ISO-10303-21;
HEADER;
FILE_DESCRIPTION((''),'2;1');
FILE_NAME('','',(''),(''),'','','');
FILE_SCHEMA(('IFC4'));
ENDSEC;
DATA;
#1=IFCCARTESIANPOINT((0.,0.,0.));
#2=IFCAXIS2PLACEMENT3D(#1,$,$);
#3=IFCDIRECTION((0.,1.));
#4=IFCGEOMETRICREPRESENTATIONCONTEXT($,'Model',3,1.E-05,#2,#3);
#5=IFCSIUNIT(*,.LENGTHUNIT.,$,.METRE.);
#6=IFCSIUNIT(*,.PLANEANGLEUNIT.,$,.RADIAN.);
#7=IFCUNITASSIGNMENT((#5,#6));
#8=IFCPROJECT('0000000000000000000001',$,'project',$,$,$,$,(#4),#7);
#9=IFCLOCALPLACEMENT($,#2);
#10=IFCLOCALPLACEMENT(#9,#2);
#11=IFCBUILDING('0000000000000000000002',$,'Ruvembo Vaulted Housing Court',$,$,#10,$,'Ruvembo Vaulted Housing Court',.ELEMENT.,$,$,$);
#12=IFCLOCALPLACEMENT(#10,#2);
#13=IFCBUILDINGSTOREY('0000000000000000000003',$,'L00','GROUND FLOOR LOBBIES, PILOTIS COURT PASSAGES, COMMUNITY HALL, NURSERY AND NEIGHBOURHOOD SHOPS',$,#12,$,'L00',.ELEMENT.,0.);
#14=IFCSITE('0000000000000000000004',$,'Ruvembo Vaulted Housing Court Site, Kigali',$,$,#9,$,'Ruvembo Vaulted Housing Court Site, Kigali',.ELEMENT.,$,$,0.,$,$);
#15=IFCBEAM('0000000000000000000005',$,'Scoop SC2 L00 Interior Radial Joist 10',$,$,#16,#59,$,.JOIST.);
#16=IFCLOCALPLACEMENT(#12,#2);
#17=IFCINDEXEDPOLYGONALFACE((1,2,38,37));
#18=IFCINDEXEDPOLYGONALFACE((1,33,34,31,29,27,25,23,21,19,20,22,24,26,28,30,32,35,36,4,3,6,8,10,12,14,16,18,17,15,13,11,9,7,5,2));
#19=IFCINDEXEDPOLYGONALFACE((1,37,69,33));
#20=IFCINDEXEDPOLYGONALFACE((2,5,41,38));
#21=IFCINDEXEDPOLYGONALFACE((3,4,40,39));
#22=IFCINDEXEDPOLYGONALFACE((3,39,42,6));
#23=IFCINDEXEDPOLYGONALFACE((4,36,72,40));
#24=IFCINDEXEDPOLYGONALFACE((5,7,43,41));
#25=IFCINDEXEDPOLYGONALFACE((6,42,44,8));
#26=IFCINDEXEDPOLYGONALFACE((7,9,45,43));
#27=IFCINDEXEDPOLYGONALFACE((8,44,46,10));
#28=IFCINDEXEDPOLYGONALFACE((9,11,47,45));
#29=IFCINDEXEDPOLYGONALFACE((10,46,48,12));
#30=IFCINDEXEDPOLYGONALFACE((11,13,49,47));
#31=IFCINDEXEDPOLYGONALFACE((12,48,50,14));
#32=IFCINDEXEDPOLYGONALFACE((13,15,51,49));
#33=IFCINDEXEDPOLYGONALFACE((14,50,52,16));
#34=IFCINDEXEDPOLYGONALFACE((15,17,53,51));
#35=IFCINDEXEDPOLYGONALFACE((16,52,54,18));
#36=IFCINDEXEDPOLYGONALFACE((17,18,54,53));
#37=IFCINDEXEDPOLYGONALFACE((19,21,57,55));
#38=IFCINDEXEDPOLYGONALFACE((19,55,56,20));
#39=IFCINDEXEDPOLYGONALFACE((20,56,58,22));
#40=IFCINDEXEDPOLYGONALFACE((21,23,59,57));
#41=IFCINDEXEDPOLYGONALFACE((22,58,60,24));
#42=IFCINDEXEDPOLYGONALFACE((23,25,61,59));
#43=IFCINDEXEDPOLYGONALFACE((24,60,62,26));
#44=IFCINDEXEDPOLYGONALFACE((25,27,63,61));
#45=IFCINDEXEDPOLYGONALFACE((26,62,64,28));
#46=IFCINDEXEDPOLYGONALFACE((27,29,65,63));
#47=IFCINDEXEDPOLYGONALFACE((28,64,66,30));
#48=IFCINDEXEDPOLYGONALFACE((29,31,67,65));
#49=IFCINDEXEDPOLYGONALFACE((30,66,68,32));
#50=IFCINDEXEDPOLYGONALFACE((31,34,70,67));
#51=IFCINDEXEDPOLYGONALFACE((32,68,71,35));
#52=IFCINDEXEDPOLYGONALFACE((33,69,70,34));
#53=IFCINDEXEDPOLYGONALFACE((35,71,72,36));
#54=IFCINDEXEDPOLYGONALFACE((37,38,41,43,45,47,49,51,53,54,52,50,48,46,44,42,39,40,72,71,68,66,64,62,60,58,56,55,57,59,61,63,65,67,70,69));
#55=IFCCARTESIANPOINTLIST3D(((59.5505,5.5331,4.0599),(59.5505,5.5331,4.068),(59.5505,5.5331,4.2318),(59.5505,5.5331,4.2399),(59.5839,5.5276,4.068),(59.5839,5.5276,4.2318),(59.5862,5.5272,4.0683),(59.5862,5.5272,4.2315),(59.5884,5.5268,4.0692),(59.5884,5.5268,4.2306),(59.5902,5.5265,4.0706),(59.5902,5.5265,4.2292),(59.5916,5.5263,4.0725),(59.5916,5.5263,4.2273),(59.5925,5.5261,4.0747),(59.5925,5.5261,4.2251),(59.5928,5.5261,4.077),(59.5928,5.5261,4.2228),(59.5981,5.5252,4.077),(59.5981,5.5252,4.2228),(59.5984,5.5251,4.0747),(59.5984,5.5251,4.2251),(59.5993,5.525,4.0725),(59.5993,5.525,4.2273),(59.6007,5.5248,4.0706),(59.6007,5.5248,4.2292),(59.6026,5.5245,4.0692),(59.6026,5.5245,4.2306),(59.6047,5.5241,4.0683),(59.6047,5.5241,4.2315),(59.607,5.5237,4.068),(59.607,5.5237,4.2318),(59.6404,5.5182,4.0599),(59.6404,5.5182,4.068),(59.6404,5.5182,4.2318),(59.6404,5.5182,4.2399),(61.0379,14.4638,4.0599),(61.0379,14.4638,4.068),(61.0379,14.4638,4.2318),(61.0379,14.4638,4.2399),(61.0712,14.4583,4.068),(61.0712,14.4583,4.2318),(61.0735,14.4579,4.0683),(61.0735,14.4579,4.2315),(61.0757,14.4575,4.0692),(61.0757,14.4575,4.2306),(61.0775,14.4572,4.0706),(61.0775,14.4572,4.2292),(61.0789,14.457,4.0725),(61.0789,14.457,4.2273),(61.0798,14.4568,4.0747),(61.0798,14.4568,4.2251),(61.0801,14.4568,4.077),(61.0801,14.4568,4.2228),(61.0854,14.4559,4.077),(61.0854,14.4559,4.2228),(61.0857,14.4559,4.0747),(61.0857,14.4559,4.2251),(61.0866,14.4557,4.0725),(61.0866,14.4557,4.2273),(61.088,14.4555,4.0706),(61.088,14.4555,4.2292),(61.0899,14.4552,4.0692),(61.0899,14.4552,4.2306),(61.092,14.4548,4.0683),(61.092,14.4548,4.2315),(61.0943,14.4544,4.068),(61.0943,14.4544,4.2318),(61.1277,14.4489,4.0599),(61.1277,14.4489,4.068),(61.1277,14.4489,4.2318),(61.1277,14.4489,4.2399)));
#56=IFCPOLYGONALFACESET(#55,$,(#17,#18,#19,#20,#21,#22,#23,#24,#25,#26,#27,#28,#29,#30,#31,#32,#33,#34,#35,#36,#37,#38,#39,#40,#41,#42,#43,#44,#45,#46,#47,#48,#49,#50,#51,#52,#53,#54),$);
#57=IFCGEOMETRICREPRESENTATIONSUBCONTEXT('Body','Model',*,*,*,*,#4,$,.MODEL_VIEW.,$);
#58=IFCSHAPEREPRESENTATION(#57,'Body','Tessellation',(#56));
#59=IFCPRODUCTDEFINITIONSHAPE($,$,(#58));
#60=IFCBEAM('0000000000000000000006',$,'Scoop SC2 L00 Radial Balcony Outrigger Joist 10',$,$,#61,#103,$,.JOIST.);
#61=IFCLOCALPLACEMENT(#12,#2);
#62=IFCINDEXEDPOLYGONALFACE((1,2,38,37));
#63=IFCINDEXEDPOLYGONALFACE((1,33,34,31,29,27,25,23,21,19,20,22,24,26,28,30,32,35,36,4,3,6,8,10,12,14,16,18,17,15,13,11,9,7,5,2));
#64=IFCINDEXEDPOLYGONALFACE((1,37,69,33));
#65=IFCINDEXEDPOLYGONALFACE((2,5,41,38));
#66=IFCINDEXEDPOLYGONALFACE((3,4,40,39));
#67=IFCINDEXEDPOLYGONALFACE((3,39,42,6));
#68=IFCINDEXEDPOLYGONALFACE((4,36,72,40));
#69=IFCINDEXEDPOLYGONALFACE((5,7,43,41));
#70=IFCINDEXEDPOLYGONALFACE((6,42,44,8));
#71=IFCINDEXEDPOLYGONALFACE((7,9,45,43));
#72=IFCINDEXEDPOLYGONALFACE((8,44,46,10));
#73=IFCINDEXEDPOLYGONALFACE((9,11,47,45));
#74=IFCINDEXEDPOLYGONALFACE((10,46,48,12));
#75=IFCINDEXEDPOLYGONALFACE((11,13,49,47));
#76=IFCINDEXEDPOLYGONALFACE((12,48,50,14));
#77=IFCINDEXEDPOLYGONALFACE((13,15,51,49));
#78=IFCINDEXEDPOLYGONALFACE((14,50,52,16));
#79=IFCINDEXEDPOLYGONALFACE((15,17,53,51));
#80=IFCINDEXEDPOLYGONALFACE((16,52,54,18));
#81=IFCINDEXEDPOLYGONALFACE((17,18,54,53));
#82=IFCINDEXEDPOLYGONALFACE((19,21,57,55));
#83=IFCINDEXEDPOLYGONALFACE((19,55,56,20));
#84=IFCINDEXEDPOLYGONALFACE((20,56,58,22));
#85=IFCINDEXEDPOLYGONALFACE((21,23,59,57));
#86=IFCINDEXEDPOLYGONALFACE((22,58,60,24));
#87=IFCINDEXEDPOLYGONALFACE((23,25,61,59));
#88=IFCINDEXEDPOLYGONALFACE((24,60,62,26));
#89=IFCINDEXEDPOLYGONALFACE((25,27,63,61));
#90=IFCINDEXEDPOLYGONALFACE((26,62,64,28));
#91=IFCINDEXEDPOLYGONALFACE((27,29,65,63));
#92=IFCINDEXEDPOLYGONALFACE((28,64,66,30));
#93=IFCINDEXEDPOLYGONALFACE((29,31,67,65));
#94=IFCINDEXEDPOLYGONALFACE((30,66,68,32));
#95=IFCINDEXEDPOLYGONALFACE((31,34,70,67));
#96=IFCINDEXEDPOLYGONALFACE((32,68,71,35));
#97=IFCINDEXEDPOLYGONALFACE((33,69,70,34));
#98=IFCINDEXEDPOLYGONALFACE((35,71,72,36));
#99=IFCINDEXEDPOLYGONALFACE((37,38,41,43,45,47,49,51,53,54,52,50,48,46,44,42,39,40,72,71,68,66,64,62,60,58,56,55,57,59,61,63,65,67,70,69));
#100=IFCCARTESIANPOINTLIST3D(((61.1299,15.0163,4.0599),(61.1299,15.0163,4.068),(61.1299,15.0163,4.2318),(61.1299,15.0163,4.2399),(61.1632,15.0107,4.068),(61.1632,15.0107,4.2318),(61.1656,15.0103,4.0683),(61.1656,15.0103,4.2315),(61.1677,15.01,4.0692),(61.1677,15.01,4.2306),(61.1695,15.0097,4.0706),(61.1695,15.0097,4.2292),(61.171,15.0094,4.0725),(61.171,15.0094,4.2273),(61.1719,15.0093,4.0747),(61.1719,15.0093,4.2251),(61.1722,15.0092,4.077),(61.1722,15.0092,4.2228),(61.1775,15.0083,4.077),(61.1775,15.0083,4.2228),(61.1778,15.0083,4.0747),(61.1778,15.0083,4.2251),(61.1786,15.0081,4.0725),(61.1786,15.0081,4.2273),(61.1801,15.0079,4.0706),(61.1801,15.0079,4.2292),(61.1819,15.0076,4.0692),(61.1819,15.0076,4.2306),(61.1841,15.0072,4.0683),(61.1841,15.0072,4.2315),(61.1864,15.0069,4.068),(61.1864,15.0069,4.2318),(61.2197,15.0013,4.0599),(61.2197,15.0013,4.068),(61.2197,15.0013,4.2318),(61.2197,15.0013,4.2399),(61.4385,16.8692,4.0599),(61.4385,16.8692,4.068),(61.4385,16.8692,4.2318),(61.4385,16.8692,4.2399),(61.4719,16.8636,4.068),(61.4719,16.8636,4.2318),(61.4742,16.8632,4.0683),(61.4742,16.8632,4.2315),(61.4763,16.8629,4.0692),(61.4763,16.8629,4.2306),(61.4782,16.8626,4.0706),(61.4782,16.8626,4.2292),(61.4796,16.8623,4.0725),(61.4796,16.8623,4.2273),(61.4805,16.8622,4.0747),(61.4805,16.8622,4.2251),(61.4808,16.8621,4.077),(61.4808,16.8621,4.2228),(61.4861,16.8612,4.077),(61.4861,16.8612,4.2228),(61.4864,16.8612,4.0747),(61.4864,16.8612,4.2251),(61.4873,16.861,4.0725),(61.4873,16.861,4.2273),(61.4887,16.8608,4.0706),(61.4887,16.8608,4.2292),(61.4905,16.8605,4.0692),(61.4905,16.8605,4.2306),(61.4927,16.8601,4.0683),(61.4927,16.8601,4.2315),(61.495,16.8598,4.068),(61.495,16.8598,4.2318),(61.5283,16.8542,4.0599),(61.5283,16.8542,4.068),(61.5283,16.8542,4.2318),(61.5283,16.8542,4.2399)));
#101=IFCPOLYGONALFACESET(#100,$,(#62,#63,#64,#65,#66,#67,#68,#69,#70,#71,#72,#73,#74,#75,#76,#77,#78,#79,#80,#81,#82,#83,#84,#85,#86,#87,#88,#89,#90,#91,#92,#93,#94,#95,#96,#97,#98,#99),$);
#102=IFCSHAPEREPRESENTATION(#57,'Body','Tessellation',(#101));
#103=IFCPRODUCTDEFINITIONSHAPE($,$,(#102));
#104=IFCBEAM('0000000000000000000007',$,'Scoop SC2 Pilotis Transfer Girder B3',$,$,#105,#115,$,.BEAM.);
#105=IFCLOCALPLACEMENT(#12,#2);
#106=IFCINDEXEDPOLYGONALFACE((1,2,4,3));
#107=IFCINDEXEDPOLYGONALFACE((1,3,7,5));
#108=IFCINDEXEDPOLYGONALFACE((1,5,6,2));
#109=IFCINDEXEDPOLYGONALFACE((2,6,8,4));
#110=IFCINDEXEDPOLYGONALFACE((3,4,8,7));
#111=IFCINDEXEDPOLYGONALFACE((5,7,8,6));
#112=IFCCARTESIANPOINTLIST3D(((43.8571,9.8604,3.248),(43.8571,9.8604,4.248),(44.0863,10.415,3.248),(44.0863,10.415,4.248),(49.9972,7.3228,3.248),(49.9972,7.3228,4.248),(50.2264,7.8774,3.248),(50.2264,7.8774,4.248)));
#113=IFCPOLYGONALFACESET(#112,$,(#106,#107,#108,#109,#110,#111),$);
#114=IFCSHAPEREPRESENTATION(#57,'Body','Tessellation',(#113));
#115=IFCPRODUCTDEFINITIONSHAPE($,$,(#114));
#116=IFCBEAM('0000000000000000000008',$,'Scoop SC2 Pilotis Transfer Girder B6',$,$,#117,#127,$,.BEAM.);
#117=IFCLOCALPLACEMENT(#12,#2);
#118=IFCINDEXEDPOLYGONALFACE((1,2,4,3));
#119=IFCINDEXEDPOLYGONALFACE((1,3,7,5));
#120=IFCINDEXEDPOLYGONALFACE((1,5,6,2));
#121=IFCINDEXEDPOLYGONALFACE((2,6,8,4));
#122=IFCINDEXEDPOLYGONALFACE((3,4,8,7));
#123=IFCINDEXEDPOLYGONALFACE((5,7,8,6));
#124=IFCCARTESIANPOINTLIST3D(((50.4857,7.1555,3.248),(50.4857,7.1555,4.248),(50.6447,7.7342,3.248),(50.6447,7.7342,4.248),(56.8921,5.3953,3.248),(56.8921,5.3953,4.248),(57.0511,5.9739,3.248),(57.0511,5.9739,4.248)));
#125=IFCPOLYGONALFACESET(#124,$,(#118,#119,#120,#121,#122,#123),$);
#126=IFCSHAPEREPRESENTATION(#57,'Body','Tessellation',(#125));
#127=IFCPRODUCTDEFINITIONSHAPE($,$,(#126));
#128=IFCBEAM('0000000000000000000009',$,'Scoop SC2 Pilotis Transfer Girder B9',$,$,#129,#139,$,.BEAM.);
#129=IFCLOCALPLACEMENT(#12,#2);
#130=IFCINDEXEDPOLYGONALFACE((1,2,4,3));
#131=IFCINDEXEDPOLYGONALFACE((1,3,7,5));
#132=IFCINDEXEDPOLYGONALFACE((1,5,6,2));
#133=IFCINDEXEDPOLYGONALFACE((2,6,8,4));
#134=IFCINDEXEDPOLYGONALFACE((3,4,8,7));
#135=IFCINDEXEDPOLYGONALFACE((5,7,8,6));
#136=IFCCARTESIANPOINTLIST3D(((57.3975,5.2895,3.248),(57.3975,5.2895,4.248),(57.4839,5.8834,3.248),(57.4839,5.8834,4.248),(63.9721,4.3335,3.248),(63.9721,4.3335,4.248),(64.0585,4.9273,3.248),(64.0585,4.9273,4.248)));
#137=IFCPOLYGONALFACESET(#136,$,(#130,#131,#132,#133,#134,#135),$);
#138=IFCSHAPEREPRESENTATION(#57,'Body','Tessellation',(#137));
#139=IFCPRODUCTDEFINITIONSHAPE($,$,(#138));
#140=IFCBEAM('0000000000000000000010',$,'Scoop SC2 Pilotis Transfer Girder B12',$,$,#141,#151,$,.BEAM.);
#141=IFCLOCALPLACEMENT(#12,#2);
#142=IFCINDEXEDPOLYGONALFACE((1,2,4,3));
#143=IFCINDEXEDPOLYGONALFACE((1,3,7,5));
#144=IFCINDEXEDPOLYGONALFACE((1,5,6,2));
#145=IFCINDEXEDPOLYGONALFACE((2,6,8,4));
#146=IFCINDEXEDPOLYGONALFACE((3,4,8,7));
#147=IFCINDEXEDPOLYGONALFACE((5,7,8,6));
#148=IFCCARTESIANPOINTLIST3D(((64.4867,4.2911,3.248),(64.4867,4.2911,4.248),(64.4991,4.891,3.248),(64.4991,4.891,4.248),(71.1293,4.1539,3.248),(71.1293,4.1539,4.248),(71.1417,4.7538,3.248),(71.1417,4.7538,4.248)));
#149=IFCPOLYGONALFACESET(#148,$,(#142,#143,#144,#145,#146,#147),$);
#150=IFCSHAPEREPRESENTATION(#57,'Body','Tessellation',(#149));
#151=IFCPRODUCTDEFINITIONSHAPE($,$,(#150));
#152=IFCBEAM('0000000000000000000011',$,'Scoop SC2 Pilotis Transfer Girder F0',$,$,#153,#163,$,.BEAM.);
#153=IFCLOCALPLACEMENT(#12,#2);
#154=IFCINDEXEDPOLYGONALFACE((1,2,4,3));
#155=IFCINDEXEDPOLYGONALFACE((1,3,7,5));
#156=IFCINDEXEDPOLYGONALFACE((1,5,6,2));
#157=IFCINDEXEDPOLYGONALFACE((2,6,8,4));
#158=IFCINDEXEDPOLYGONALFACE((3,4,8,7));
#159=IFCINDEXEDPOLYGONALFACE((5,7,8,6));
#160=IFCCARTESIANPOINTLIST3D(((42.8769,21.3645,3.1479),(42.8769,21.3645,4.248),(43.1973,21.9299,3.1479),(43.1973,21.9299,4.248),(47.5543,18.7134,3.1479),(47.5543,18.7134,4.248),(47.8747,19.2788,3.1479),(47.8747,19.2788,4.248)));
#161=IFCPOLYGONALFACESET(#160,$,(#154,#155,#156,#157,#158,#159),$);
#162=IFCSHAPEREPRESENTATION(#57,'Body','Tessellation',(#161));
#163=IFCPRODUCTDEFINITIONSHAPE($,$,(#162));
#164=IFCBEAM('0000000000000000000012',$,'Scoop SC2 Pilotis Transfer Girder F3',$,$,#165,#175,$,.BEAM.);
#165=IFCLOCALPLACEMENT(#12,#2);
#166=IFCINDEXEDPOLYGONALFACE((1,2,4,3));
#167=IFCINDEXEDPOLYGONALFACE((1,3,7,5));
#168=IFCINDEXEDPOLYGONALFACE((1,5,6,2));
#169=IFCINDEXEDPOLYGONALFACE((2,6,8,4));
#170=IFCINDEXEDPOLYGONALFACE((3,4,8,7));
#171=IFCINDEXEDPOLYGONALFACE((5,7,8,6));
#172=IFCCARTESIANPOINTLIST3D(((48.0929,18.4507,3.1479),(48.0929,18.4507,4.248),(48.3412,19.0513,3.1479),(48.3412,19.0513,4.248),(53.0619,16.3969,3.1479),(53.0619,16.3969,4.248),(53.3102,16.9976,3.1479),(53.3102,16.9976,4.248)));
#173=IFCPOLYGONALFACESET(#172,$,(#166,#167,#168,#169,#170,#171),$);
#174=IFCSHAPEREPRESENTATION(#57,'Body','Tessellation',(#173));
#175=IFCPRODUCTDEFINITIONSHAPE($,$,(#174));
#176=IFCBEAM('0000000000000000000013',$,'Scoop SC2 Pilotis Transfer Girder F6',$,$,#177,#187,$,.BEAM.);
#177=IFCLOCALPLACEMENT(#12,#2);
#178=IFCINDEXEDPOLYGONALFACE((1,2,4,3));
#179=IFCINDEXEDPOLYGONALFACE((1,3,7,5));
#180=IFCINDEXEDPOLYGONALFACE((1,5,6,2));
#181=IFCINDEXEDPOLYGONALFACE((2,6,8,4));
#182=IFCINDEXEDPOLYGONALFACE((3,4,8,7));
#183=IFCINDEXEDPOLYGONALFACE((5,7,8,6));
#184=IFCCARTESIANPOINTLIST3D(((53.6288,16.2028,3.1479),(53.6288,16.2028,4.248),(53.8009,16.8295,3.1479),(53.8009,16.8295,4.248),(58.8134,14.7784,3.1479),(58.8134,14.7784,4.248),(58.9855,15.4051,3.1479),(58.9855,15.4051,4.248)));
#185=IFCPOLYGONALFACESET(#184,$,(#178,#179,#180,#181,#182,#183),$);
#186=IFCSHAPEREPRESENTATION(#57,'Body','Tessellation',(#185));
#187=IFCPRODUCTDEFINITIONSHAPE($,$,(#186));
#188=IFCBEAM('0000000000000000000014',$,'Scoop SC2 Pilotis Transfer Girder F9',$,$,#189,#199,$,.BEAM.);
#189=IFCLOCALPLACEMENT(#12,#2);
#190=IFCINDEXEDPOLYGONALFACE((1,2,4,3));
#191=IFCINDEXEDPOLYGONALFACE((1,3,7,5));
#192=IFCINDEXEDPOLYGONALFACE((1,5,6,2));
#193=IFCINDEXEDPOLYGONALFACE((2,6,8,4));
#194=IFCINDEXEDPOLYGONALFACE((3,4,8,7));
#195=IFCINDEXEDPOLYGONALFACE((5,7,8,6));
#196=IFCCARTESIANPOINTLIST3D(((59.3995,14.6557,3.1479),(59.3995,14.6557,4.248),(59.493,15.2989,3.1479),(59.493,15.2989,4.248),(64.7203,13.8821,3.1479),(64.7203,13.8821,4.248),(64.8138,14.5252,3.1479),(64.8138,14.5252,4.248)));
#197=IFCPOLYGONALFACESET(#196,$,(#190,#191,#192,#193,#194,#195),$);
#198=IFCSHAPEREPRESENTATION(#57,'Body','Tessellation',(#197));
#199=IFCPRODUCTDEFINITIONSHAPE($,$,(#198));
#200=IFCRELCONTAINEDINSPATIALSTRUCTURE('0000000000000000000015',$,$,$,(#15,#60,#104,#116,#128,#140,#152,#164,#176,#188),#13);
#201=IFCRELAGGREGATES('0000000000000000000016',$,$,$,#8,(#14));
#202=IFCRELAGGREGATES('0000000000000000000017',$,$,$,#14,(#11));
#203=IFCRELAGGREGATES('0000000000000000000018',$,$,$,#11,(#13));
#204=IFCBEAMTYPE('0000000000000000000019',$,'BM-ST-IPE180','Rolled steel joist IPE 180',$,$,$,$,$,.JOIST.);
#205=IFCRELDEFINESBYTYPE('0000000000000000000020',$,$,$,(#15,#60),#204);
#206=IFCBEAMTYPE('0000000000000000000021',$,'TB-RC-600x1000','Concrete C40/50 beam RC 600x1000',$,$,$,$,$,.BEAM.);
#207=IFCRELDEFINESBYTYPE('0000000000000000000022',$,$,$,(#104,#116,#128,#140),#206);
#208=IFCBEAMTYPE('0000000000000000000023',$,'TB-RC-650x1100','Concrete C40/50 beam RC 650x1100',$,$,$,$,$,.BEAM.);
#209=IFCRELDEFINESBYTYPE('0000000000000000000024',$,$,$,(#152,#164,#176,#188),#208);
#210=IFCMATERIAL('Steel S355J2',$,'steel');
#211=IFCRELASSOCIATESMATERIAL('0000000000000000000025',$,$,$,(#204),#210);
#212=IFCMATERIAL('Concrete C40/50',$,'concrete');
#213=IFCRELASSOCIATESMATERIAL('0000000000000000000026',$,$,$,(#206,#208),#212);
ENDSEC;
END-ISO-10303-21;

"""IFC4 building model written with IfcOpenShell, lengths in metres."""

from ifc_helpers import new_model, si_unit, direction, frame, origin, origin_2d, place, context, subcontext, project, spatial, rectangle, i_section, extrude, material, material_profile, profile_set, type_object, element, save


model = new_model("IFC4")

# Units and contexts
model_context = context("Model", 3, precision=1e-05, world=origin(), true_north=direction((0.0, 1.0)))
body_context = subcontext(model_context, "Body", "Model", "MODEL_VIEW")
ifc_project = project(units=[si_unit("LENGTHUNIT", "METRE"), si_unit("PLANEANGLEUNIT", "RADIAN")], contexts=[model_context])

# Site, building, storey
site_placement = place(None, origin())
site = spatial("IfcSite", under=ifc_project, at=site_placement, Name="Ruvembo Vaulted Housing Court Site, Kigali", LongName="Ruvembo Vaulted Housing Court Site, Kigali", CompositionType="ELEMENT", RefElevation=0.0)
building_placement = place(site_placement, origin())
building = spatial("IfcBuilding", under=site, at=building_placement, Name="Ruvembo Vaulted Housing Court", LongName="Ruvembo Vaulted Housing Court", CompositionType="ELEMENT")
storey_placement = place(building_placement, origin())
storey = spatial("IfcBuildingStorey", under=building, at=storey_placement, Name="L00", Description="GROUND FLOOR LOBBIES, PILOTIS COURT PASSAGES, COMMUNITY HALL, NURSERY AND NEIGHBOURHOOD SHOPS", LongName="L00", CompositionType="ELEMENT", Elevation=0.0)

# Shared definitions
ifc_material_1 = material(Name="Concrete C40/50", Category="concrete")

# Beams
ifc_material_2 = material(Name="Steel S355J2", Category="steel")
ifc_material_profile_1 = material_profile(ifc_material_2, i_section(OverallWidth=0.0911, OverallDepth=0.1799, WebThickness=0.0054, FlangeThickness=0.0081, FilletRadius=0.009, at=origin_2d()), Name="IPE 180")
ifc_profile_set_1 = profile_set([ifc_material_profile_1], Name="Steel S355J2")
beam_type_1 = type_object("IfcBeamType", Name="BM-ST-IPE180", Description="Rolled steel joist IPE 180", PredefinedType="JOIST", material=ifc_profile_set_1)
beam_1_placement = place(storey_placement, frame((59.5955, 5.5256, 4.1499), z_axis=(0.164277, 0.986414, 0.0), x_axis=(-0.986414, 0.164277, 0.0)))
element("IfcBeam", 1, at=beam_1_placement, inside=storey, type_object=beam_type_1, Name="Scoop SC2 L00 Interior Radial Joist 10", PredefinedType="JOIST", context=body_context, shape_type="SweptSolid", body=[
    extrude(i_section(OverallWidth=0.0911, OverallDepth=0.1799, WebThickness=0.0054, FlangeThickness=0.0081, FilletRadius=0.009, at=origin_2d()), origin(), (0.0, 0.0, 1.0), 9.0537),
])
beam_2_placement = place(storey_placement, frame((61.1748, 15.0088, 4.1499), z_axis=(0.164294, 0.986411, 0.0), x_axis=(-0.986411, 0.164294, 0.0)))
element("IfcBeam", 2, at=beam_2_placement, inside=storey, type_object=beam_type_1, Name="Scoop SC2 L00 Radial Balcony Outrigger Joist 10", PredefinedType="JOIST", context=body_context, shape_type="SweptSolid", body=[
    extrude(i_section(OverallWidth=0.0911, OverallDepth=0.1799, WebThickness=0.0054, FlangeThickness=0.0081, FilletRadius=0.009, at=origin_2d()), origin(), (0.0, 0.0, 1.0), 1.8784),
])
ifc_material_profile_2 = material_profile(ifc_material_1, rectangle(XDim=0.6001, YDim=1.0, at=origin_2d()), Name="RC 600x1000")
ifc_profile_set_2 = profile_set([ifc_material_profile_2], Name="Concrete C40/50")
beam_type_2 = type_object("IfcBeamType", Name="TB-RC-600x1000", Description="Concrete C40/50 beam RC 600x1000", PredefinedType="BEAM", material=ifc_profile_set_2)
for number, where, z_axis, x_axis, name in (
    (3, (43.9717, 10.1377, 3.748), (0.924184, -0.381947, 0.0), (0.381947, 0.924184, 0.0), "Scoop SC2 Pilotis Transfer Girder B3"),
    (4, (50.5652, 7.4448, 3.748), (0.964264, -0.264942, 0.0), (0.264942, 0.964264, 0.0), "Scoop SC2 Pilotis Transfer Girder B6"),
    (5, (57.4407, 5.5864, 3.748), (0.989592, -0.143901, 0.0), (0.143901, 0.989592, 0.0), "Scoop SC2 Pilotis Transfer Girder B9"),
):
    element("IfcBeam", number, at=place(storey_placement, frame(where, z_axis=z_axis, x_axis=x_axis)), inside=storey, type_object=beam_type_2, Name=name, PredefinedType="BEAM", context=body_context, shape_type="SweptSolid", body=[
        extrude(rectangle(XDim=0.6001, YDim=1.0, at=origin_2d()), origin(), (0.0, 0.0, 1.0), 6.6438),
    ])
beam_3_placement = place(storey_placement, frame((64.4929, 4.5911, 3.748), z_axis=(0.999787, -0.020651, 0.0), x_axis=(0.020651, 0.999787, 0.0)))
element("IfcBeam", 6, at=beam_3_placement, inside=storey, type_object=beam_type_2, Name="Scoop SC2 Pilotis Transfer Girder B12", PredefinedType="BEAM", context=body_context, shape_type="SweptSolid", body=[
    extrude(rectangle(XDim=0.6001, YDim=1.0, at=origin_2d()), origin(), (0.0, 0.0, 1.0), 6.644),
])
ifc_material_profile_3 = material_profile(ifc_material_1, rectangle(XDim=0.6499, YDim=1.1001, at=origin_2d()), Name="RC 650x1100")
ifc_profile_set_3 = profile_set([ifc_material_profile_3], Name="Concrete C40/50")
beam_type_3 = type_object("IfcBeamType", Name="TB-RC-650x1100", Description="Concrete C40/50 beam RC 650x1100", PredefinedType="BEAM", material=ifc_profile_set_3)
beam_4_placement = place(storey_placement, frame((43.0371, 21.6472, 3.698), z_axis=(0.869979, -0.493089, 0.0), x_axis=(0.493089, 0.869979, 0.0)))
element("IfcBeam", 7, at=beam_4_placement, inside=storey, type_object=beam_type_3, Name="Scoop SC2 Pilotis Transfer Girder F0", PredefinedType="BEAM", context=body_context, shape_type="SweptSolid", body=[
    extrude(rectangle(XDim=0.6499, YDim=1.1001, at=origin_2d()), origin(), (0.0, 0.0, 1.0), 5.3765),
])
for number, where, z_axis, x_axis, name in (
    (8, (48.217, 18.751, 3.698), (0.924176, -0.381967, 0.0), (0.381967, 0.924176, 0.0), "Scoop SC2 Pilotis Transfer Girder F3"),
    (9, (53.7148, 16.5161, 3.698), (0.964274, -0.264907, 0.0), (0.264907, 0.964274, 0.0), "Scoop SC2 Pilotis Transfer Girder F6"),
    (10, (59.4463, 14.9773, 3.698), (0.989593, -0.143894, 0.0), (0.143894, 0.989593, 0.0), "Scoop SC2 Pilotis Transfer Girder F9"),
):
    element("IfcBeam", number, at=place(storey_placement, frame(where, z_axis=z_axis, x_axis=x_axis)), inside=storey, type_object=beam_type_3, Name=name, PredefinedType="BEAM", context=body_context, shape_type="SweptSolid", body=[
        extrude(rectangle(XDim=0.6499, YDim=1.1001, at=origin_2d()), origin(), (0.0, 0.0, 1.0), 5.3767),
    ])

save(model, "model.ifc")
